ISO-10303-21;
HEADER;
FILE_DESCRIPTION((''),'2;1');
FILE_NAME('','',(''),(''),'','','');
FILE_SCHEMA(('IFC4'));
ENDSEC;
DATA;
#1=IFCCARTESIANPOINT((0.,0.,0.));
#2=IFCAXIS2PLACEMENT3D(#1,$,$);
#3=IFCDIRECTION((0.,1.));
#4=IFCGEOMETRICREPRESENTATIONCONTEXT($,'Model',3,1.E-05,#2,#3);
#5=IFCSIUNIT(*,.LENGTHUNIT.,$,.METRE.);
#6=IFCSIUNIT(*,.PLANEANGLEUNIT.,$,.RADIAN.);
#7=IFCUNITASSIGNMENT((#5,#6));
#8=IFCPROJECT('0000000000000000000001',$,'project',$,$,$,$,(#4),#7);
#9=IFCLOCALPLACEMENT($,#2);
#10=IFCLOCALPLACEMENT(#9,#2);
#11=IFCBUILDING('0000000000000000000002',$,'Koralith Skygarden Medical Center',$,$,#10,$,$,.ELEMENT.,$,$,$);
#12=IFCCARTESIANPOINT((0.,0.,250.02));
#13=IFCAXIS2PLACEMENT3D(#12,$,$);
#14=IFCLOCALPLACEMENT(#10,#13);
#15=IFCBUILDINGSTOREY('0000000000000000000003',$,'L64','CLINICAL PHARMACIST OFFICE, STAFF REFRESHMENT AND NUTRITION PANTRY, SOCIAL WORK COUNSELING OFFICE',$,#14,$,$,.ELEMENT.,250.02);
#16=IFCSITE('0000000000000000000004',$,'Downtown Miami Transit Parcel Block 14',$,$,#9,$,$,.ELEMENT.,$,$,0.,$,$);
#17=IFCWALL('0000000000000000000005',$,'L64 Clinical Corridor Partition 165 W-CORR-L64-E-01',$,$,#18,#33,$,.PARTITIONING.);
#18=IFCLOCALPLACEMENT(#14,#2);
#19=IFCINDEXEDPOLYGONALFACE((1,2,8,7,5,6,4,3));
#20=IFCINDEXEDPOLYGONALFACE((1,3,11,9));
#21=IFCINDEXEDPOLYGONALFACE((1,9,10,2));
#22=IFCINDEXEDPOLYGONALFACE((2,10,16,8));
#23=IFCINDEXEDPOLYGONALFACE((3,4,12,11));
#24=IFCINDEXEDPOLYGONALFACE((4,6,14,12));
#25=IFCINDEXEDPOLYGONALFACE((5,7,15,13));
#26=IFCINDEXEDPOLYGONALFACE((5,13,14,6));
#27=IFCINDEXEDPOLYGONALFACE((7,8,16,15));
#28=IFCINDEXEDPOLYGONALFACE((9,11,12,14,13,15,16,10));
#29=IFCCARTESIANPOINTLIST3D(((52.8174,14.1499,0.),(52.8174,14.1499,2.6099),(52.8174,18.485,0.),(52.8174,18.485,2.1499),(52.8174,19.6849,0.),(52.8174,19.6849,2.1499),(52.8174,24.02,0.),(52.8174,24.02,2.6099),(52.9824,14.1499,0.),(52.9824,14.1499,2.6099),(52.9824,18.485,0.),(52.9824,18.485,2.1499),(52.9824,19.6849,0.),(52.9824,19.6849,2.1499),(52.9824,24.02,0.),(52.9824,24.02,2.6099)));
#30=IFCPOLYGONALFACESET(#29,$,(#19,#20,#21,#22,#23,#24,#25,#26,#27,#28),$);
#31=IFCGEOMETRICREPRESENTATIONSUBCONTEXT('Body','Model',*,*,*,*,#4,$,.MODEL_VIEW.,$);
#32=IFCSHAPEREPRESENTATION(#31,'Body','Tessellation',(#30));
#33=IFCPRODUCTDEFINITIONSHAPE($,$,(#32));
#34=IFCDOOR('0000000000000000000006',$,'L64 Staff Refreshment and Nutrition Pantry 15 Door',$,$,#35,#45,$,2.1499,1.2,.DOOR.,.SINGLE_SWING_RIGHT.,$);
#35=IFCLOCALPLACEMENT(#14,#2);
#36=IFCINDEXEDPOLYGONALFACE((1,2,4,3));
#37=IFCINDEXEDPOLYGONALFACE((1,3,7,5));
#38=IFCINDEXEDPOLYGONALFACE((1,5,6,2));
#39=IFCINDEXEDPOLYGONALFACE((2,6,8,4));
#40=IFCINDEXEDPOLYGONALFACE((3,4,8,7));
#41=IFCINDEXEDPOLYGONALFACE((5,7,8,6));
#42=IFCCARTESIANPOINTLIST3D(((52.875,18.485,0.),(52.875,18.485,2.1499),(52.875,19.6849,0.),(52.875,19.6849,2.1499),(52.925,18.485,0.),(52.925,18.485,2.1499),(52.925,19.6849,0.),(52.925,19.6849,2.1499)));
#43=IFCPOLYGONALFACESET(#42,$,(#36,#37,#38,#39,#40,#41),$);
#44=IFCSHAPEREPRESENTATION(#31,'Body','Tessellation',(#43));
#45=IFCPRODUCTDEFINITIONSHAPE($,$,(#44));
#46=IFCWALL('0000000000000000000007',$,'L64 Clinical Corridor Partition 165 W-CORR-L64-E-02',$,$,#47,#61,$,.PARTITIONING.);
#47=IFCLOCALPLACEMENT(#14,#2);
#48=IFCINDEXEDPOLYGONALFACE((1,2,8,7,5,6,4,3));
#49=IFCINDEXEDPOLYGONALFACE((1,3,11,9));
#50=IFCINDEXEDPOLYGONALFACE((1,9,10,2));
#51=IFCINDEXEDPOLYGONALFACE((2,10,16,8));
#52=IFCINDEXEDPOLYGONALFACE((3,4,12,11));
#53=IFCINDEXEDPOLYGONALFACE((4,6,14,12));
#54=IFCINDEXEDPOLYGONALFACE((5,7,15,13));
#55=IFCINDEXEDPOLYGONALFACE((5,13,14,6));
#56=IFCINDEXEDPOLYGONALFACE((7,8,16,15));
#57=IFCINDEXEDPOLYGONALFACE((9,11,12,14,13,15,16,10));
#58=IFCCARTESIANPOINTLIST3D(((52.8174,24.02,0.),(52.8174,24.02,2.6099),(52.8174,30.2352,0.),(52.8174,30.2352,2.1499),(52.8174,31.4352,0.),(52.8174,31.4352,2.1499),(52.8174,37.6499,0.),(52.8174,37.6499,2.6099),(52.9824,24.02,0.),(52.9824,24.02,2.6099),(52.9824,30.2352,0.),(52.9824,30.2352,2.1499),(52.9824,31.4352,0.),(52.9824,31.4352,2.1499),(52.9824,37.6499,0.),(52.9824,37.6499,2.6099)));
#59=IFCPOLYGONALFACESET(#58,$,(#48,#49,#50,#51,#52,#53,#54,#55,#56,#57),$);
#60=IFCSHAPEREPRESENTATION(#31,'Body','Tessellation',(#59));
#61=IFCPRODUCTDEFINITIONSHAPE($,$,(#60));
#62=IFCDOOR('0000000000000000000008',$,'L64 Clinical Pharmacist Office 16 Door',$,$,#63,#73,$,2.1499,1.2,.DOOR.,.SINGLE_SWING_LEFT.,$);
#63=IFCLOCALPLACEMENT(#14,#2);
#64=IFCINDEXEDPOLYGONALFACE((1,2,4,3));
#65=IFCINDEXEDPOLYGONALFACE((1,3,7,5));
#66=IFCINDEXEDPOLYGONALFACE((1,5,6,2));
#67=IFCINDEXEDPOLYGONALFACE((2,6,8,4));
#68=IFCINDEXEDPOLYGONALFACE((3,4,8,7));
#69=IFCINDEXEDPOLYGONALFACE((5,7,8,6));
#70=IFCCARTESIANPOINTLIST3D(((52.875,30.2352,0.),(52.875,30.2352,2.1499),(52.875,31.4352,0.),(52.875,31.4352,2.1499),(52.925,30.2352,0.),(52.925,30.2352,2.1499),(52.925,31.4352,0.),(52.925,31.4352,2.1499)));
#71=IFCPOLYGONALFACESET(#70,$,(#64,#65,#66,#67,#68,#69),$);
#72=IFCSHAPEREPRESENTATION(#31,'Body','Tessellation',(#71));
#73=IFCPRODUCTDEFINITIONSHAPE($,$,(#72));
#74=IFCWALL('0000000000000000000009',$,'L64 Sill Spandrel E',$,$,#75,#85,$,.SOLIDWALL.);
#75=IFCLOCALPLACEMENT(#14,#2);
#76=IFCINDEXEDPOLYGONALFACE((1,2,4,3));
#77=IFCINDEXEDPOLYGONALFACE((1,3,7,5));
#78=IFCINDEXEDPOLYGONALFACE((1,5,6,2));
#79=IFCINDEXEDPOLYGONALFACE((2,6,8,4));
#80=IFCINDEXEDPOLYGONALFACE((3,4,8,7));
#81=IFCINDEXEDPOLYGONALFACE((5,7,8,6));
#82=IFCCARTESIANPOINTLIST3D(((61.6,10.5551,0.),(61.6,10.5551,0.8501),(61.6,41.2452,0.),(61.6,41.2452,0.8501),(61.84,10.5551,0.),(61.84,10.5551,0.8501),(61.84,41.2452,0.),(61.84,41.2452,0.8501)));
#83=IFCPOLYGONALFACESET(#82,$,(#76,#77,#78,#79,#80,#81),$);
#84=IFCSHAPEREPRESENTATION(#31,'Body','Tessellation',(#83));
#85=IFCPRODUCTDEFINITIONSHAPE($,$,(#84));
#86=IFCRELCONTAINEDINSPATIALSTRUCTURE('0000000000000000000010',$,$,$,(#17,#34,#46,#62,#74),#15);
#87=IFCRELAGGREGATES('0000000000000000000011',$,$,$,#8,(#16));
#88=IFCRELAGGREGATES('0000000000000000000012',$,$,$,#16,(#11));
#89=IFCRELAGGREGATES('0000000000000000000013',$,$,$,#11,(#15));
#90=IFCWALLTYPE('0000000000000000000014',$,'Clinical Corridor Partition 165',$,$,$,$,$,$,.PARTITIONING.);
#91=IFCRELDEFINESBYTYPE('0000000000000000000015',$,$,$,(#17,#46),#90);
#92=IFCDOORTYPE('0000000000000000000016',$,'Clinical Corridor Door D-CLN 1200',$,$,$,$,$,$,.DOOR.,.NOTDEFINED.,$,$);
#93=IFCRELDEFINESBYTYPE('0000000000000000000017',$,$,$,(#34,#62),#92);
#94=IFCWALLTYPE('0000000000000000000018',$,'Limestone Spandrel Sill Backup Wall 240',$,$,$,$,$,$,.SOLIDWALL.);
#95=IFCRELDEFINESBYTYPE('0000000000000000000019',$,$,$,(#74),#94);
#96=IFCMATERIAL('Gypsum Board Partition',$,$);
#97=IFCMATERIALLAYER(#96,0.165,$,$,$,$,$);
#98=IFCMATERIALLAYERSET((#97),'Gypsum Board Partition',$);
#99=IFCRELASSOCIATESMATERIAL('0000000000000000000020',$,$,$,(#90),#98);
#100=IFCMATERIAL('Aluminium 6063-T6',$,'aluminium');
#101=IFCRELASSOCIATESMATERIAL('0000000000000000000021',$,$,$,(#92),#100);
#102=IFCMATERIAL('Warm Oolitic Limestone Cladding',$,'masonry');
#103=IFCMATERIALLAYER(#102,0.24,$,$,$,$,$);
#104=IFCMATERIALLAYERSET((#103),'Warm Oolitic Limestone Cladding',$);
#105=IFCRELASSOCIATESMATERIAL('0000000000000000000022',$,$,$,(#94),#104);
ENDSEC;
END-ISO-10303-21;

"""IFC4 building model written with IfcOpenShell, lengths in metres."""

from ifc_helpers import new_model, si_unit, direction, frame, frame_2d, origin, place, context, subcontext, project, spatial, rectangle, extrude, material, layer, layer_set, type_object, element, fill, save


model = new_model("IFC4")

# Units and contexts
model_context = context("Model", 3, precision=1e-05, world=origin(), true_north=direction((0.0, 1.0)))
body_context = subcontext(model_context, "Body", "Model", "MODEL_VIEW")
ifc_project = project(units=[si_unit("LENGTHUNIT", "METRE"), si_unit("PLANEANGLEUNIT", "RADIAN")], contexts=[model_context])

# Site, building, storey
site_placement = place(None, origin())
site = spatial("IfcSite", under=ifc_project, at=site_placement, Name="Downtown Miami Transit Parcel Block 14", CompositionType="ELEMENT", RefElevation=0.0)
building_placement = place(site_placement, origin())
building = spatial("IfcBuilding", under=site, at=building_placement, Name="Koralith Skygarden Medical Center", CompositionType="ELEMENT")
storey_placement = place(building_placement, frame((0.0, 0.0, 250.02)))
storey = spatial("IfcBuildingStorey", under=building, at=storey_placement, Name="L64", Description="CLINICAL PHARMACIST OFFICE, STAFF REFRESHMENT AND NUTRITION PANTRY, SOCIAL WORK COUNSELING OFFICE", CompositionType="ELEMENT", Elevation=250.02)

# Shared definitions
ifc_material_1 = material(Name="Aluminium 6063-T6", Category="aluminium")

# Shared definitions
ifc_material_2 = material(Name="Gypsum Board Partition")
ifc_layer_1 = layer(ifc_material_2, 0.165)
ifc_layer_set_1 = layer_set([ifc_layer_1], Name="Gypsum Board Partition")
wall_type_1 = type_object("IfcWallType", Name="Clinical Corridor Partition 165", PredefinedType="PARTITIONING", material=ifc_layer_set_1)

# Walls, openings, doors
wall_1_placement = place(storey_placement, frame((52.8999, 14.1499, 0.0), z_axis=(0.0, 0.0, 1.0), x_axis=(0.0, 1.0, 0.0)))
wall_1 = element("IfcWall", 1, at=wall_1_placement, inside=storey, type_object=wall_type_1, Name="L64 Clinical Corridor Partition 165 W-CORR-L64-E-01", PredefinedType="PARTITIONING", context=body_context, shape_type="SweptSolid", body=[
    extrude(rectangle(XDim=9.8701, YDim=0.165, at=frame_2d((4.9351, 0.0))), origin(), (0.0, 0.0, 1.0), 2.6099),
])
opening_1_placement = place(wall_1_placement, frame((4.335, 0.0, 0.0)))
opening_1 = element("IfcOpeningElement", 2, at=opening_1_placement, cuts=wall_1, PredefinedType="OPENING", context=body_context, shape_type="SweptSolid", body=[
    extrude(rectangle(XDim=1.2, YDim=2.1499, at=frame_2d((0.6001, 1.075))), frame((0.0, 0.0925, 0.0), z_axis=(0.0, -1.0, 0.0), x_axis=(1.0, 0.0, 0.0)), (0.0, 0.0, 1.0), 0.1851),
])
door_type_1 = type_object("IfcDoorType", Name="Clinical Corridor Door D-CLN 1200", OperationType="NOTDEFINED", PredefinedType="DOOR", material=ifc_material_1)
door_1_placement = place(opening_1_placement, origin())
door_1 = element("IfcDoor", 3, at=door_1_placement, inside=storey, type_object=door_type_1, Name="L64 Staff Refreshment and Nutrition Pantry 15 Door", OperationType="SINGLE_SWING_RIGHT", OverallHeight=2.1499, OverallWidth=1.2, PredefinedType="DOOR", context=body_context, shape_type="SweptSolid", body=[
    extrude(rectangle(XDim=1.2, YDim=2.1499, at=frame_2d((0.6001, 1.075))), frame((0.0, 0.0249, 0.0), z_axis=(0.0, -1.0, 0.0), x_axis=(1.0, 0.0, 0.0)), (0.0, 0.0, 1.0), 0.05),
])
fill(opening_1, door_1)
wall_2_placement = place(storey_placement, frame((52.8999, 24.02, 0.0), z_axis=(0.0, 0.0, 1.0), x_axis=(0.0, 1.0, 0.0)))
wall_2 = element("IfcWall", 4, at=wall_2_placement, inside=storey, type_object=wall_type_1, Name="L64 Clinical Corridor Partition 165 W-CORR-L64-E-02", PredefinedType="PARTITIONING", context=body_context, shape_type="SweptSolid", body=[
    extrude(rectangle(XDim=13.6299, YDim=0.165, at=frame_2d((6.8149, 0.0))), origin(), (0.0, 0.0, 1.0), 2.6099),
])
opening_2_placement = place(wall_2_placement, frame((6.2151, 0.0, 0.0)))
opening_2 = element("IfcOpeningElement", 5, at=opening_2_placement, cuts=wall_2, PredefinedType="OPENING", context=body_context, shape_type="SweptSolid", body=[
    extrude(rectangle(XDim=1.2, YDim=2.1499, at=frame_2d((0.6001, 1.075))), frame((0.0, 0.0925, 0.0), z_axis=(0.0, -1.0, 0.0), x_axis=(1.0, 0.0, 0.0)), (0.0, 0.0, 1.0), 0.1851),
])
door_2_placement = place(opening_2_placement, origin())
door_2 = element("IfcDoor", 6, at=door_2_placement, inside=storey, type_object=door_type_1, Name="L64 Clinical Pharmacist Office 16 Door", OperationType="SINGLE_SWING_LEFT", OverallHeight=2.1499, OverallWidth=1.2, PredefinedType="DOOR", context=body_context, shape_type="SweptSolid", body=[
    extrude(rectangle(XDim=1.2, YDim=2.1499, at=frame_2d((0.6001, 1.075))), frame((0.0, 0.0249, 0.0), z_axis=(0.0, -1.0, 0.0), x_axis=(1.0, 0.0, 0.0)), (0.0, 0.0, 1.0), 0.05),
])
fill(opening_2, door_2)

# Wall
ifc_material_3 = material(Name="Warm Oolitic Limestone Cladding", Category="masonry")
ifc_layer_2 = layer(ifc_material_3, 0.24)
ifc_layer_set_2 = layer_set([ifc_layer_2], Name="Warm Oolitic Limestone Cladding")
wall_type_2 = type_object("IfcWallType", Name="Limestone Spandrel Sill Backup Wall 240", PredefinedType="SOLIDWALL", material=ifc_layer_set_2)
wall_3_placement = place(storey_placement, frame((61.72, 10.5549, 0.0), z_axis=(0.0, 0.0, 1.0), x_axis=(0.0, 1.0, 0.0)))
element("IfcWall", 7, at=wall_3_placement, inside=storey, type_object=wall_type_2, Name="L64 Sill Spandrel E", PredefinedType="SOLIDWALL", context=body_context, shape_type="SweptSolid", body=[
    extrude(rectangle(XDim=30.6902, YDim=0.24, at=frame_2d((15.3452, 0.0))), origin(), (0.0, 0.0, 1.0), 0.8501),
])

save(model, "model.ifc")
